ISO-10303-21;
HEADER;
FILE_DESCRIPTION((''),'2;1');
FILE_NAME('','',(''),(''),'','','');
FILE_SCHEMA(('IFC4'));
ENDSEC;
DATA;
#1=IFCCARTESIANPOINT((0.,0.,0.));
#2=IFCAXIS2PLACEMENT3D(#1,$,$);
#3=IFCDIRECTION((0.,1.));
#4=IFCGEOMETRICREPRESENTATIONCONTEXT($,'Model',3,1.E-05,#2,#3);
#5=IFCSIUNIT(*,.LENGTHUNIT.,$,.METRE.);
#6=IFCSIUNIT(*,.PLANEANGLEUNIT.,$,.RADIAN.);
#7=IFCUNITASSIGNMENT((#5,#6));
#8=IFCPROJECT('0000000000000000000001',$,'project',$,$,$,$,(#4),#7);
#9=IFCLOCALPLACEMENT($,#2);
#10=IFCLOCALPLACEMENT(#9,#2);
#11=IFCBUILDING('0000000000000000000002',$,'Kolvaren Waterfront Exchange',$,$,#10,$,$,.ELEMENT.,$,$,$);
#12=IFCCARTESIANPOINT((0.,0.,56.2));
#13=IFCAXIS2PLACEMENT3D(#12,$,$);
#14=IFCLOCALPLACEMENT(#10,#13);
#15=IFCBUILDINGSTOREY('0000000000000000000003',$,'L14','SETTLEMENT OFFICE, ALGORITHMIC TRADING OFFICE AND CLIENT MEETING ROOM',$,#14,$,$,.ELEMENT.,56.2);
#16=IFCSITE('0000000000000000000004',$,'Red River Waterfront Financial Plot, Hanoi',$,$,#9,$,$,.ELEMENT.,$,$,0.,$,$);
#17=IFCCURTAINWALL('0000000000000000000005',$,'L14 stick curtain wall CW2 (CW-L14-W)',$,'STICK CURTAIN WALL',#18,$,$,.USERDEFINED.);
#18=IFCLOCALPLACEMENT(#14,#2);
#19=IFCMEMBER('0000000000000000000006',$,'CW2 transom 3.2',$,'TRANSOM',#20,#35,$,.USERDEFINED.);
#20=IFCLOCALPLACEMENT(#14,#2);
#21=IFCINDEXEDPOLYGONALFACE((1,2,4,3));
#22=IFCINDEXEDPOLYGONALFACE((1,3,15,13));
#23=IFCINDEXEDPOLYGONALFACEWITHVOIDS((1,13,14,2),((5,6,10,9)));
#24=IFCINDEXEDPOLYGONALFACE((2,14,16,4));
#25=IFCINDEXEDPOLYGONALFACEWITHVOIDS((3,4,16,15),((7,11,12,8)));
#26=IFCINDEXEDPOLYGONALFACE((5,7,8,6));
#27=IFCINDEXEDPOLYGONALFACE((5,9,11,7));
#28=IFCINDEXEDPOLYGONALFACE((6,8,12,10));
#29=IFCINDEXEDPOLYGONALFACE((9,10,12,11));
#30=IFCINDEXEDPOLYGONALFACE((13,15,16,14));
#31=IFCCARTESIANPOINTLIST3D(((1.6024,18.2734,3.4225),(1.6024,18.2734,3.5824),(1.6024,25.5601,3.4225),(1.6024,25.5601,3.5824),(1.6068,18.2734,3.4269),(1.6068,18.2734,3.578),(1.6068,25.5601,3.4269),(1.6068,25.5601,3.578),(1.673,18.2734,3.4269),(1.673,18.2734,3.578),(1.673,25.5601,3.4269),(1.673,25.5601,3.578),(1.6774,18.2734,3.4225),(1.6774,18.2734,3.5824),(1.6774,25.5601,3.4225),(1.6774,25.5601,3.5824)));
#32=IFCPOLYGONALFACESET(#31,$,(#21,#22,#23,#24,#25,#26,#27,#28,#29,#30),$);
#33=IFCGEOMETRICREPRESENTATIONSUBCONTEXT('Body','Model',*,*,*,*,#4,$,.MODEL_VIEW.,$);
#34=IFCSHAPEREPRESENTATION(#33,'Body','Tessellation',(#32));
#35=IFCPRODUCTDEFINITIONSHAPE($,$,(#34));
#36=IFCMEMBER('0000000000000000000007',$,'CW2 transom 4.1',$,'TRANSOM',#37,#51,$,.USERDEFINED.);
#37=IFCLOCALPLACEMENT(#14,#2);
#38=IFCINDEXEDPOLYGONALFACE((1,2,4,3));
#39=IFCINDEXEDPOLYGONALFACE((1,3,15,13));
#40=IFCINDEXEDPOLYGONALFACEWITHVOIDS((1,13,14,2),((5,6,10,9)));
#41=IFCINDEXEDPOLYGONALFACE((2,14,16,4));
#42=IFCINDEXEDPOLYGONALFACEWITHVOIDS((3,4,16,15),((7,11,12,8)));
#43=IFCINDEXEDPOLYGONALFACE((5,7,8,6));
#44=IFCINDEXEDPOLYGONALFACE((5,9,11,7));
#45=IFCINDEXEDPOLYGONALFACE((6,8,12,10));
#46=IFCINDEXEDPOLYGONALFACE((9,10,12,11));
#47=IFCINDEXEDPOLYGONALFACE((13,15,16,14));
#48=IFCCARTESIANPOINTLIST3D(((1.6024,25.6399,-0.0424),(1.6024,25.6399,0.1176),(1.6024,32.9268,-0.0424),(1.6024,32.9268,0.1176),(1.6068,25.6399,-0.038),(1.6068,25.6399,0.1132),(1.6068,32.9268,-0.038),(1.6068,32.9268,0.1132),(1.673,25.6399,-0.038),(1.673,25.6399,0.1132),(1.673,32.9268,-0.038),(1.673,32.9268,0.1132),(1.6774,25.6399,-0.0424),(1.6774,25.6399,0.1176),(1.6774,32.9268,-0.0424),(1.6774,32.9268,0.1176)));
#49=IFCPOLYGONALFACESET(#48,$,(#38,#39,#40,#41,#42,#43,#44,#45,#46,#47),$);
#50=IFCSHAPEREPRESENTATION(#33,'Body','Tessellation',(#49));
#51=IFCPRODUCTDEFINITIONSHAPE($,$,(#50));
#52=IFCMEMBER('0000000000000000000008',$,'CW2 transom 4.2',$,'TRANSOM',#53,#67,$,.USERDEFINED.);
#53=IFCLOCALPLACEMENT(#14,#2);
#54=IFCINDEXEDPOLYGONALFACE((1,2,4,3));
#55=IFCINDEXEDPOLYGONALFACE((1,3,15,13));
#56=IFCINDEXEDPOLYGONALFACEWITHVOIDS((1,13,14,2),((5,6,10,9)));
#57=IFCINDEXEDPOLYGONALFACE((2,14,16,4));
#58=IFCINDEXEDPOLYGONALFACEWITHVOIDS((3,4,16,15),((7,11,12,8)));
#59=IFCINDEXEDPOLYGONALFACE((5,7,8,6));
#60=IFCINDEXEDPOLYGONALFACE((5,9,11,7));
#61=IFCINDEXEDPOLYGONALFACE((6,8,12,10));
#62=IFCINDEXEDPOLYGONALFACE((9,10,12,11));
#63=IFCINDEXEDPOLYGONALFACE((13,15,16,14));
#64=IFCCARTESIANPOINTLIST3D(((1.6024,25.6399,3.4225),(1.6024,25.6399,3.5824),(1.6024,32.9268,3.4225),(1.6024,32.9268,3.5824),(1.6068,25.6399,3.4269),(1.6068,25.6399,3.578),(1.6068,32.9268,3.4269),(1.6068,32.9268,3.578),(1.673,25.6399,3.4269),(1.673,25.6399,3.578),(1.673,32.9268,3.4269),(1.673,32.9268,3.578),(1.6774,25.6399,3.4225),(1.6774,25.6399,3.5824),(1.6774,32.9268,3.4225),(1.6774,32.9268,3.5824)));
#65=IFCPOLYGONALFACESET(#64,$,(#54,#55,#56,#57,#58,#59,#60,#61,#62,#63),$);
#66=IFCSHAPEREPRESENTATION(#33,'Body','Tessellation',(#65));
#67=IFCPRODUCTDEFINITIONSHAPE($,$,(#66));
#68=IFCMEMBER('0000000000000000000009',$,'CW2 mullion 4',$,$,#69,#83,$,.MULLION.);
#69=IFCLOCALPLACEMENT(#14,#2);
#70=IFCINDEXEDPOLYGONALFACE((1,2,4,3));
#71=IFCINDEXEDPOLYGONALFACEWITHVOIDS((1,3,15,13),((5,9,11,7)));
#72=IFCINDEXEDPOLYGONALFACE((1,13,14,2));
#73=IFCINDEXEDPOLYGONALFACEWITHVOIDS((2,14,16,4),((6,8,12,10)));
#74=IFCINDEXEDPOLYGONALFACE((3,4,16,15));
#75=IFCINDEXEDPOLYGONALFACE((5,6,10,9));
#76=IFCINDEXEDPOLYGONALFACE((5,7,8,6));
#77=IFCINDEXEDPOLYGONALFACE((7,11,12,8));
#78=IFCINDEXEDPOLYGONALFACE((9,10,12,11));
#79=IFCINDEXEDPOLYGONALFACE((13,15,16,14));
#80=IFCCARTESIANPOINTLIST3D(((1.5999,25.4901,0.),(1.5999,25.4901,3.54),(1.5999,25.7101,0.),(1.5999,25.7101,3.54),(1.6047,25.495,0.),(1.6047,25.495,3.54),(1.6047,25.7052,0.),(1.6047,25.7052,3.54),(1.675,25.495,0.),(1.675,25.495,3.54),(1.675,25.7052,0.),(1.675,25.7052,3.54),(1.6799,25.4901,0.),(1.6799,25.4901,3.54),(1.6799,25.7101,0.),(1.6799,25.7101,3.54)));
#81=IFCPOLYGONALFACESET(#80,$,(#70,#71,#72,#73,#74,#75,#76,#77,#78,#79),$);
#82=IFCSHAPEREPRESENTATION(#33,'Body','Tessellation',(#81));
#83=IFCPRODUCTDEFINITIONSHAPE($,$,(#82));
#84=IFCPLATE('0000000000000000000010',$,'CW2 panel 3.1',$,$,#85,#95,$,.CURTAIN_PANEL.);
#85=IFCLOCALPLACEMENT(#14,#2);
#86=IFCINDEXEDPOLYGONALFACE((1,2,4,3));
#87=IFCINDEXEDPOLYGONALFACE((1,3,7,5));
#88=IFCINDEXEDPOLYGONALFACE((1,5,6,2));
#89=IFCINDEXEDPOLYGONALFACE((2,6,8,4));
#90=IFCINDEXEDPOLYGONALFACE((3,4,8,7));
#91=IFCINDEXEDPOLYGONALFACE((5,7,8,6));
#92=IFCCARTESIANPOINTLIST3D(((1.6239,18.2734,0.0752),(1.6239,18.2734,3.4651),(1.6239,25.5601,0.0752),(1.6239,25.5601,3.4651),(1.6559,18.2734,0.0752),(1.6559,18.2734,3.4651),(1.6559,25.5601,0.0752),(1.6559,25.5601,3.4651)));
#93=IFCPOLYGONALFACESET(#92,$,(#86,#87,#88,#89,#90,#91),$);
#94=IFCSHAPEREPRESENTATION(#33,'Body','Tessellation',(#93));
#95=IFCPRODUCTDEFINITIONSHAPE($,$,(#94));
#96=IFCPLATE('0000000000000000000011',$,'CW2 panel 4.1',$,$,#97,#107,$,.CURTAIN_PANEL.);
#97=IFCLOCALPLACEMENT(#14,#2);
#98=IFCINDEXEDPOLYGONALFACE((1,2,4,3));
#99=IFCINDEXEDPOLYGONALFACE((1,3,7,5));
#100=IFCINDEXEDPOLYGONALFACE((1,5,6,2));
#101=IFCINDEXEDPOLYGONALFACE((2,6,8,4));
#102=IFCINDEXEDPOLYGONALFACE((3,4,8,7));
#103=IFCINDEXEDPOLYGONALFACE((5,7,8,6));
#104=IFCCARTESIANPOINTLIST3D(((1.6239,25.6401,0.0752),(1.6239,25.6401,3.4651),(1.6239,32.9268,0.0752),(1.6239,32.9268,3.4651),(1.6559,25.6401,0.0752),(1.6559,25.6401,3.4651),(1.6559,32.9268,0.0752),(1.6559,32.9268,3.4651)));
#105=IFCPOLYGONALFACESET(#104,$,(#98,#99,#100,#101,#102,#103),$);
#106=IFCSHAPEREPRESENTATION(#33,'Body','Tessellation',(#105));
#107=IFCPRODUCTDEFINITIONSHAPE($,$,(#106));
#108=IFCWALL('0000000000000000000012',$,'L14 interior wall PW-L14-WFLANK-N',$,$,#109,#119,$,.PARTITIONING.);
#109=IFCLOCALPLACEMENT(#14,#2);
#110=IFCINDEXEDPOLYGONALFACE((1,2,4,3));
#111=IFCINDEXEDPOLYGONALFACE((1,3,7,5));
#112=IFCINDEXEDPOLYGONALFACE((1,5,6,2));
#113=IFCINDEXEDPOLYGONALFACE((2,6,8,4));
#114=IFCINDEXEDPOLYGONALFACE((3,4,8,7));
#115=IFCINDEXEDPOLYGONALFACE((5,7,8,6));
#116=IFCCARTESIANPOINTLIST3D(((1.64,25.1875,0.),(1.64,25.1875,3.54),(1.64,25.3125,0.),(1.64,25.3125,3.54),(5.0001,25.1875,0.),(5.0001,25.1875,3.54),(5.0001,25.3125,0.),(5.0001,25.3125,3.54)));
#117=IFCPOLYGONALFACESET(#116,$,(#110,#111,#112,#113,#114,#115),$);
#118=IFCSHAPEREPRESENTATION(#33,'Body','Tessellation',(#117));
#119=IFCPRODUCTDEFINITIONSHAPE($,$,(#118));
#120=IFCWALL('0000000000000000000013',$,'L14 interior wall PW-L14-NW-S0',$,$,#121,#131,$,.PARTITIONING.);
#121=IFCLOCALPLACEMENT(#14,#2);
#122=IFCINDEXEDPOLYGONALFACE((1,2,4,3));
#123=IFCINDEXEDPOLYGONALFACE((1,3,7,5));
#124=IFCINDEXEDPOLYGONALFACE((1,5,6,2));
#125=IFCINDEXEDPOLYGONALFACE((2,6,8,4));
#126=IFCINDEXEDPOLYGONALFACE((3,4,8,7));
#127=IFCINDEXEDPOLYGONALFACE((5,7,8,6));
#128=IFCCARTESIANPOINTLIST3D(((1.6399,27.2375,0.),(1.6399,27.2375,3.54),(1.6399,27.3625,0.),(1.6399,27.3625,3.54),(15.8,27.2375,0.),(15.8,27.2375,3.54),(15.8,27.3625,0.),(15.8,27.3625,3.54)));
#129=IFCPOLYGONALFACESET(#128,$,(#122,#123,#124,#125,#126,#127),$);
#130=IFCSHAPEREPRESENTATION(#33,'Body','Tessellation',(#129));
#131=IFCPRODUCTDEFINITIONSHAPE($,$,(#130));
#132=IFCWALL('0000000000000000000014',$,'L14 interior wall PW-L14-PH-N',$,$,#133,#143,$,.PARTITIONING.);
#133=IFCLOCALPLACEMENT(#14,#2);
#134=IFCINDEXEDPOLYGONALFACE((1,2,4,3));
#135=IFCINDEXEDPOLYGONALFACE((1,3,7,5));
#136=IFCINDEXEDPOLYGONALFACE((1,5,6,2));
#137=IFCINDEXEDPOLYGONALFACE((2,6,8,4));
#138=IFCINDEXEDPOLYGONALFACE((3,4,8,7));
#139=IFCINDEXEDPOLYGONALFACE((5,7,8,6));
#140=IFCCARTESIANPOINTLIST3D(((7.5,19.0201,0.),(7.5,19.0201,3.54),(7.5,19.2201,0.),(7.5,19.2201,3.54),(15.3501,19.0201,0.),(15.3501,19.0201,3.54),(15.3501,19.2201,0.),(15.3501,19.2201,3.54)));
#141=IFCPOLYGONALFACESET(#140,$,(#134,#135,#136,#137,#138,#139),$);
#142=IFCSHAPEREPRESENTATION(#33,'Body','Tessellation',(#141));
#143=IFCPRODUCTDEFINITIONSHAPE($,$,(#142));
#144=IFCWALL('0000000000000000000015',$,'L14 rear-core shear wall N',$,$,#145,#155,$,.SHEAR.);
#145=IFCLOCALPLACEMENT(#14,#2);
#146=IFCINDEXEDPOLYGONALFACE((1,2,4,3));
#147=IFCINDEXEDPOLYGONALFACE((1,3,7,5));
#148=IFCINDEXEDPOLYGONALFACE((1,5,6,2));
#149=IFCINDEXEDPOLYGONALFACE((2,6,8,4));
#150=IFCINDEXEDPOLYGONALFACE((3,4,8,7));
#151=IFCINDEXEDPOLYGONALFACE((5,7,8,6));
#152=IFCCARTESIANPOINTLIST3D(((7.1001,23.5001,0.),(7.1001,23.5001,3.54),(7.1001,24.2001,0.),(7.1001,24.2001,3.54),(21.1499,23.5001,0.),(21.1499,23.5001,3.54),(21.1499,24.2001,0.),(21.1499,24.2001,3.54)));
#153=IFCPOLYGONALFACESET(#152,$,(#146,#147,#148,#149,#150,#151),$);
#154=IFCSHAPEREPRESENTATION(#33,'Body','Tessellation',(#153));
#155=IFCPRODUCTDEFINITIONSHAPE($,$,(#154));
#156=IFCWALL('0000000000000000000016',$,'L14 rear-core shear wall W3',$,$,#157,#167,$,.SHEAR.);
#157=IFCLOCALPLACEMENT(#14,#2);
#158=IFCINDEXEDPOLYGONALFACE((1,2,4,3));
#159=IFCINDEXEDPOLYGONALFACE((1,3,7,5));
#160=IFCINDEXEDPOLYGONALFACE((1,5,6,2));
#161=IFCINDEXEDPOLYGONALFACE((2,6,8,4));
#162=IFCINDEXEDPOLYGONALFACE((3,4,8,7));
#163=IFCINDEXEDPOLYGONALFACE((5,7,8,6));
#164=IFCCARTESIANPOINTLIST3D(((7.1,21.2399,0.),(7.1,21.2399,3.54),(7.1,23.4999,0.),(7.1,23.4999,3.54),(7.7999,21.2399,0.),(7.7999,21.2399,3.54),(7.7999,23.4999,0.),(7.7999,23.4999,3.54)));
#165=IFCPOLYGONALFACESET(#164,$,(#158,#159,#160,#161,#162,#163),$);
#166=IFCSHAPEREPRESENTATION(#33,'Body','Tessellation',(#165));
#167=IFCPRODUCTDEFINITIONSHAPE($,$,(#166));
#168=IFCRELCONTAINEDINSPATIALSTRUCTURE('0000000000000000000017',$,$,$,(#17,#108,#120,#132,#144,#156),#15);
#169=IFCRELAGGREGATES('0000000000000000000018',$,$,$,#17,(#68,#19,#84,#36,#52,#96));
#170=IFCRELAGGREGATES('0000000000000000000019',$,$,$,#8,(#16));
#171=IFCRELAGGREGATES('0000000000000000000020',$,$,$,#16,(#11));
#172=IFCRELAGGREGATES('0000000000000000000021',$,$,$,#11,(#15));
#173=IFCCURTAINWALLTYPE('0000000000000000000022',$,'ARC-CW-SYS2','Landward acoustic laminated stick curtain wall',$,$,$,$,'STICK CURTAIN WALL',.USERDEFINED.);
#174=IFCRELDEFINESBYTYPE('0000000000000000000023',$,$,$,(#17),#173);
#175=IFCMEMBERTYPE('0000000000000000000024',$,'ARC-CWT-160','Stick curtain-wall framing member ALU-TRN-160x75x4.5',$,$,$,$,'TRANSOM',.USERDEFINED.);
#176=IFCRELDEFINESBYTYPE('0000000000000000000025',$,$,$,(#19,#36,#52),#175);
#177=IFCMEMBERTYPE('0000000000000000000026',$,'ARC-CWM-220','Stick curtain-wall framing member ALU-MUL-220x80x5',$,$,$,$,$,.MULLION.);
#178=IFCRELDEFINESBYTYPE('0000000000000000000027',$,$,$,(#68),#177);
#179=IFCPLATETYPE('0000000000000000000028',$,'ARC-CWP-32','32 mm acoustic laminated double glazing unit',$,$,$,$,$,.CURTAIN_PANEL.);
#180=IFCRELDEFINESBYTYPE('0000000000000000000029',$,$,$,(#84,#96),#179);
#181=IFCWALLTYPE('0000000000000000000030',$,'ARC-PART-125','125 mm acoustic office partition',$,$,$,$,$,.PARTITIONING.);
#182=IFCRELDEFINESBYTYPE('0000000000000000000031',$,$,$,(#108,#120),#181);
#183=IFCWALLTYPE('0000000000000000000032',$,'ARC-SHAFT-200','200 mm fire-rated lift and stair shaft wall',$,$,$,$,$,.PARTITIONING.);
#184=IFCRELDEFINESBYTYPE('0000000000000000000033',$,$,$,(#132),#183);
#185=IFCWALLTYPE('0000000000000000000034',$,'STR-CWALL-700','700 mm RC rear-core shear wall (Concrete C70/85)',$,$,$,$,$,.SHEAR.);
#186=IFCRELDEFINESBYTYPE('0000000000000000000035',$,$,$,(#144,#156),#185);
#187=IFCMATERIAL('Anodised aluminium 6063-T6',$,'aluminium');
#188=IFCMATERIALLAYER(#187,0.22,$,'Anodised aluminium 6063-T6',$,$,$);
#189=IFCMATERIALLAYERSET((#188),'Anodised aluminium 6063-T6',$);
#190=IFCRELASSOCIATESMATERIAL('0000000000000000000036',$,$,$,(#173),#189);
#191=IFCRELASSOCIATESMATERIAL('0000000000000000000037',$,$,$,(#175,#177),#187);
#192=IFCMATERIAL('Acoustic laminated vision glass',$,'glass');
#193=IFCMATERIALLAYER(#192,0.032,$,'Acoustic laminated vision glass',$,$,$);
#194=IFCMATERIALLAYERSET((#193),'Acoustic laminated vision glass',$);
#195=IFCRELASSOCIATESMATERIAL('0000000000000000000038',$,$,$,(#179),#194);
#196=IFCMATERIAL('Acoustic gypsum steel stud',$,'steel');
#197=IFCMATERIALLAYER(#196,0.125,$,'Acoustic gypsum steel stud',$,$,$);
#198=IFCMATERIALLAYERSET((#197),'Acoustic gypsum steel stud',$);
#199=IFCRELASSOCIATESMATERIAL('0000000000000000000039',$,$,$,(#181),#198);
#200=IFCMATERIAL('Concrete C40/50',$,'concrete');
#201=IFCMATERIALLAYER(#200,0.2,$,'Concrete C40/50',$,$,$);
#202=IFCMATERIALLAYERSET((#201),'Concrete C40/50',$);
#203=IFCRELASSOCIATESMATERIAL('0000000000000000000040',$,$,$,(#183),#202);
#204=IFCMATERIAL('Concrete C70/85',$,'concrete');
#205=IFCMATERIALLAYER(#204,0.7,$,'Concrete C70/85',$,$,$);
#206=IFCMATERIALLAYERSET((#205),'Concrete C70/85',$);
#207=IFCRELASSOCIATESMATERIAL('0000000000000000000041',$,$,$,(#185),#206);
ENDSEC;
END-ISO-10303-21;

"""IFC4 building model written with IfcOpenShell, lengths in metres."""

from ifc_helpers import new_model, si_unit, direction, frame, frame_2d, origin, origin_with_axes, origin_2d, place, context, subcontext, project, spatial, rectangle, hollow_rectangle, extrude, source, transform, mapped, material, layer, layer_set, material_profile, profile_set, type_object, element, aggregate, save


model = new_model("IFC4")

# Units and contexts
model_context = context("Model", 3, precision=1e-05, world=origin(), true_north=direction((0.0, 1.0)))
body_context = subcontext(model_context, "Body", "Model", "MODEL_VIEW")
ifc_project = project(units=[si_unit("LENGTHUNIT", "METRE"), si_unit("PLANEANGLEUNIT", "RADIAN")], contexts=[model_context])

# Site, building, storey
site_placement = place(None, origin())
site = spatial("IfcSite", under=ifc_project, at=site_placement, Name="Red River Waterfront Financial Plot, Hanoi", CompositionType="ELEMENT", RefElevation=0.0)
building_placement = place(site_placement, origin())
building = spatial("IfcBuilding", under=site, at=building_placement, Name="Kolvaren Waterfront Exchange", CompositionType="ELEMENT")
storey_placement = place(building_placement, frame((0.0, 0.0, 56.2)))
storey = spatial("IfcBuildingStorey", under=building, at=storey_placement, Name="L14", Description="SETTLEMENT OFFICE, ALGORITHMIC TRADING OFFICE AND CLIENT MEETING ROOM", CompositionType="ELEMENT", Elevation=56.2)

# Shared definitions
ifc_material_1 = material(Name="Concrete C70/85", Category="concrete")

# Curtain wall, members, plates
ifc_material_2 = material(Name="Anodised aluminium 6063-T6", Category="aluminium")
ifc_layer_1 = layer(ifc_material_2, 0.22, Name="Anodised aluminium 6063-T6")
ifc_layer_set_1 = layer_set([ifc_layer_1], Name="Anodised aluminium 6063-T6")
curtain_wall_type = type_object("IfcCurtainWallType", Name="ARC-CW-SYS2", Description="Landward acoustic laminated stick curtain wall", ElementType="STICK CURTAIN WALL", PredefinedType="USERDEFINED", material=ifc_layer_set_1)
curtain_wall_placement = place(storey_placement, origin())
curtain_wall = element("IfcCurtainWall", 1, at=curtain_wall_placement, inside=storey, type_object=curtain_wall_type, Name="L14 stick curtain wall CW2 (CW-L14-W)", ObjectType="STICK CURTAIN WALL", PredefinedType="USERDEFINED")
ifc_material_profile_1 = material_profile(ifc_material_2, hollow_rectangle(XDim=0.075, YDim=0.1599, WallThickness=0.0044, at=origin_2d()), Name="ALU-TRN-160x75x4.5")
ifc_profile_set_1 = profile_set([ifc_material_profile_1], Name="Anodised aluminium 6063-T6")
member_type_1 = type_object("IfcMemberType", Name="ARC-CWT-160", Description="Stick curtain-wall framing member ALU-TRN-160x75x4.5", ElementType="TRANSOM", PredefinedType="USERDEFINED", material=ifc_profile_set_1)
shared_shape_1 = source(origin_with_axes(), body_context, "Body", "SweptSolid", [
    extrude(hollow_rectangle(XDim=0.075, YDim=0.1599, WallThickness=0.0044, at=origin_2d()), origin(), (0.0, 0.0, 1.0), 7.2866),
])
member_1_placement = place(storey_placement, frame((1.6399, 18.2734, 3.5024), z_axis=(0.0, 1.0, 0.0), x_axis=(-1.0, 0.0, 0.0)))
member_1 = element("IfcMember", 2, at=member_1_placement, type_object=member_type_1, Name="CW2 transom 3.2", ObjectType="TRANSOM", PredefinedType="USERDEFINED", context=body_context, shape_type="MappedRepresentation", body=[
    mapped(shared_shape_1, transform((0.0, 0.0, 0.0), x_axis=(1.0, 0.0, 0.0), y_axis=(0.0, 1.0, 0.0), z_axis=(0.0, 0.0, 1.0), scale=1.0)),
])
shared_shape_2 = source(origin_with_axes(), body_context, "Body", "SweptSolid", [
    extrude(hollow_rectangle(XDim=0.075, YDim=0.1599, WallThickness=0.0044, at=origin_2d()), origin(), (0.0, 0.0, 1.0), 7.2869),
])
member_2_placement = place(storey_placement, frame((1.6399, 25.6399, 0.0376), z_axis=(0.0, 1.0, 0.0), x_axis=(-1.0, 0.0, 0.0)))
member_2 = element("IfcMember", 3, at=member_2_placement, type_object=member_type_1, Name="CW2 transom 4.1", ObjectType="TRANSOM", PredefinedType="USERDEFINED", context=body_context, shape_type="MappedRepresentation", body=[
    mapped(shared_shape_2, transform((0.0, 0.0, 0.0), x_axis=(1.0, 0.0, 0.0), y_axis=(0.0, 1.0, 0.0), z_axis=(0.0, 0.0, 1.0), scale=1.0)),
])
member_3_placement = place(storey_placement, frame((1.6399, 25.6399, 3.5024), z_axis=(0.0, 1.0, 0.0), x_axis=(-1.0, 0.0, 0.0)))
member_3 = element("IfcMember", 4, at=member_3_placement, type_object=member_type_1, Name="CW2 transom 4.2", ObjectType="TRANSOM", PredefinedType="USERDEFINED", context=body_context, shape_type="MappedRepresentation", body=[
    mapped(shared_shape_2, transform((0.0, 0.0, 0.0), x_axis=(1.0, 0.0, 0.0), y_axis=(0.0, 1.0, 0.0), z_axis=(0.0, 0.0, 1.0), scale=1.0)),
])
ifc_material_profile_2 = material_profile(ifc_material_2, hollow_rectangle(XDim=0.0801, YDim=0.22, WallThickness=0.0049, at=origin_2d()), Name="ALU-MUL-220x80x5")
ifc_profile_set_2 = profile_set([ifc_material_profile_2], Name="Anodised aluminium 6063-T6")
member_type_2 = type_object("IfcMemberType", Name="ARC-CWM-220", Description="Stick curtain-wall framing member ALU-MUL-220x80x5", PredefinedType="MULLION", material=ifc_profile_set_2)
shared_shape_3 = source(origin_with_axes(), body_context, "Body", "SweptSolid", [
    extrude(hollow_rectangle(XDim=0.0801, YDim=0.22, WallThickness=0.0049, at=origin_2d()), origin(), (0.0, 0.0, 1.0), 3.54),
])
member_4_placement = place(storey_placement, frame((1.6399, 25.6001, 0.0), z_axis=(0.0, 0.0, 1.0), x_axis=(-1.0, 0.0, 0.0)))
member_4 = element("IfcMember", 5, at=member_4_placement, type_object=member_type_2, Name="CW2 mullion 4", PredefinedType="MULLION", context=body_context, shape_type="MappedRepresentation", body=[
    mapped(shared_shape_3, transform((0.0, 0.0, 0.0), x_axis=(1.0, 0.0, 0.0), y_axis=(0.0, 1.0, 0.0), z_axis=(0.0, 0.0, 1.0), scale=1.0)),
])
ifc_material_3 = material(Name="Acoustic laminated vision glass", Category="glass")
ifc_layer_2 = layer(ifc_material_3, 0.032, Name="Acoustic laminated vision glass")
ifc_layer_set_2 = layer_set([ifc_layer_2], Name="Acoustic laminated vision glass")
plate_type = type_object("IfcPlateType", Name="ARC-CWP-32", Description="32 mm acoustic laminated double glazing unit", PredefinedType="CURTAIN_PANEL", material=ifc_layer_set_2)
shared_shape_4 = source(origin_with_axes(), body_context, "Body", "SweptSolid", [
    extrude(rectangle(XDim=7.2866, YDim=0.032, at=origin_2d()), origin(), (0.0, 0.0, 1.0), 3.3899),
])
plate_1_placement = place(storey_placement, frame((1.6399, 21.9167, 0.0752), z_axis=(0.0, 0.0, 1.0), x_axis=(0.0, 1.0, 0.0)))
plate_1 = element("IfcPlate", 6, at=plate_1_placement, type_object=plate_type, Name="CW2 panel 3.1", PredefinedType="CURTAIN_PANEL", context=body_context, shape_type="MappedRepresentation", body=[
    mapped(shared_shape_4, transform((0.0, 0.0, 0.0), x_axis=(1.0, 0.0, 0.0), y_axis=(0.0, 1.0, 0.0), z_axis=(0.0, 0.0, 1.0), scale=1.0)),
])
plate_2_placement = place(storey_placement, frame((1.6399, 29.2834, 0.0752), z_axis=(0.0, 0.0, 1.0), x_axis=(0.0, 1.0, 0.0)))
plate_2 = element("IfcPlate", 7, at=plate_2_placement, type_object=plate_type, Name="CW2 panel 4.1", PredefinedType="CURTAIN_PANEL", context=body_context, shape_type="MappedRepresentation", body=[
    mapped(shared_shape_4, transform((0.0, 0.0, 0.0), x_axis=(1.0, 0.0, 0.0), y_axis=(0.0, 1.0, 0.0), z_axis=(0.0, 0.0, 1.0), scale=1.0)),
])
aggregate(curtain_wall, [member_4, member_1, plate_1, member_2, member_3, plate_2])

# Walls
ifc_material_4 = material(Name="Acoustic gypsum steel stud", Category="steel")
ifc_layer_3 = layer(ifc_material_4, 0.125, Name="Acoustic gypsum steel stud")
ifc_layer_set_3 = layer_set([ifc_layer_3], Name="Acoustic gypsum steel stud")
wall_type_1 = type_object("IfcWallType", Name="ARC-PART-125", Description="125 mm acoustic office partition", PredefinedType="PARTITIONING", material=ifc_layer_set_3)
wall_1_placement = place(storey_placement, frame((1.6399, 25.25, 0.0), z_axis=(0.0, 0.0, 1.0), x_axis=(1.0, 0.0, 0.0)))
element("IfcWall", 8, at=wall_1_placement, inside=storey, type_object=wall_type_1, Name="L14 interior wall PW-L14-WFLANK-N", PredefinedType="PARTITIONING", context=body_context, shape_type="SweptSolid", body=[
    extrude(rectangle(XDim=3.3601, YDim=0.125, at=frame_2d((1.6802, 0.0))), origin(), (0.0, 0.0, 1.0), 3.54),
])
wall_2_placement = place(storey_placement, frame((1.6399, 27.3, 0.0), z_axis=(0.0, 0.0, 1.0), x_axis=(1.0, 0.0, 0.0)))
element("IfcWall", 9, at=wall_2_placement, inside=storey, type_object=wall_type_1, Name="L14 interior wall PW-L14-NW-S0", PredefinedType="PARTITIONING", context=body_context, shape_type="SweptSolid", body=[
    extrude(rectangle(XDim=14.1602, YDim=0.125, at=frame_2d((7.0801, 0.0))), origin(), (0.0, 0.0, 1.0), 3.54),
])
ifc_material_5 = material(Name="Concrete C40/50", Category="concrete")
ifc_layer_4 = layer(ifc_material_5, 0.2, Name="Concrete C40/50")
ifc_layer_set_4 = layer_set([ifc_layer_4], Name="Concrete C40/50")
wall_type_2 = type_object("IfcWallType", Name="ARC-SHAFT-200", Description="200 mm fire-rated lift and stair shaft wall", PredefinedType="PARTITIONING", material=ifc_layer_set_4)
wall_3_placement = place(storey_placement, frame((7.5, 19.1201, 0.0), z_axis=(0.0, 0.0, 1.0), x_axis=(1.0, 0.0, 0.0)))
element("IfcWall", 10, at=wall_3_placement, inside=storey, type_object=wall_type_2, Name="L14 interior wall PW-L14-PH-N", PredefinedType="PARTITIONING", context=body_context, shape_type="SweptSolid", body=[
    extrude(rectangle(XDim=7.8501, YDim=0.2, at=frame_2d((3.925, 0.0))), origin(), (0.0, 0.0, 1.0), 3.54),
])
ifc_layer_5 = layer(ifc_material_1, 0.7, Name="Concrete C70/85")
ifc_layer_set_5 = layer_set([ifc_layer_5], Name="Concrete C70/85")
wall_type_3 = type_object("IfcWallType", Name="STR-CWALL-700", Description="700 mm RC rear-core shear wall (Concrete C70/85)", PredefinedType="SHEAR", material=ifc_layer_set_5)
wall_4_placement = place(storey_placement, frame((7.1001, 23.8501, 0.0), z_axis=(0.0, 0.0, 1.0), x_axis=(1.0, 0.0, 0.0)))
element("IfcWall", 11, at=wall_4_placement, inside=storey, type_object=wall_type_3, Name="L14 rear-core shear wall N", PredefinedType="SHEAR", context=body_context, shape_type="SweptSolid", body=[
    extrude(rectangle(XDim=14.0498, YDim=0.7, at=frame_2d((7.0249, 0.0))), origin(), (0.0, 0.0, 1.0), 3.54),
])
wall_5_placement = place(storey_placement, frame((7.45, 21.24, 0.0), z_axis=(0.0, 0.0, 1.0), x_axis=(0.0, 1.0, 0.0)))
element("IfcWall", 12, at=wall_5_placement, inside=storey, type_object=wall_type_3, Name="L14 rear-core shear wall W3", PredefinedType="SHEAR", context=body_context, shape_type="SweptSolid", body=[
    extrude(rectangle(XDim=2.26, YDim=0.7, at=frame_2d((1.1299, 0.0))), origin(), (0.0, 0.0, 1.0), 3.54),
])

save(model, "model.ifc")
